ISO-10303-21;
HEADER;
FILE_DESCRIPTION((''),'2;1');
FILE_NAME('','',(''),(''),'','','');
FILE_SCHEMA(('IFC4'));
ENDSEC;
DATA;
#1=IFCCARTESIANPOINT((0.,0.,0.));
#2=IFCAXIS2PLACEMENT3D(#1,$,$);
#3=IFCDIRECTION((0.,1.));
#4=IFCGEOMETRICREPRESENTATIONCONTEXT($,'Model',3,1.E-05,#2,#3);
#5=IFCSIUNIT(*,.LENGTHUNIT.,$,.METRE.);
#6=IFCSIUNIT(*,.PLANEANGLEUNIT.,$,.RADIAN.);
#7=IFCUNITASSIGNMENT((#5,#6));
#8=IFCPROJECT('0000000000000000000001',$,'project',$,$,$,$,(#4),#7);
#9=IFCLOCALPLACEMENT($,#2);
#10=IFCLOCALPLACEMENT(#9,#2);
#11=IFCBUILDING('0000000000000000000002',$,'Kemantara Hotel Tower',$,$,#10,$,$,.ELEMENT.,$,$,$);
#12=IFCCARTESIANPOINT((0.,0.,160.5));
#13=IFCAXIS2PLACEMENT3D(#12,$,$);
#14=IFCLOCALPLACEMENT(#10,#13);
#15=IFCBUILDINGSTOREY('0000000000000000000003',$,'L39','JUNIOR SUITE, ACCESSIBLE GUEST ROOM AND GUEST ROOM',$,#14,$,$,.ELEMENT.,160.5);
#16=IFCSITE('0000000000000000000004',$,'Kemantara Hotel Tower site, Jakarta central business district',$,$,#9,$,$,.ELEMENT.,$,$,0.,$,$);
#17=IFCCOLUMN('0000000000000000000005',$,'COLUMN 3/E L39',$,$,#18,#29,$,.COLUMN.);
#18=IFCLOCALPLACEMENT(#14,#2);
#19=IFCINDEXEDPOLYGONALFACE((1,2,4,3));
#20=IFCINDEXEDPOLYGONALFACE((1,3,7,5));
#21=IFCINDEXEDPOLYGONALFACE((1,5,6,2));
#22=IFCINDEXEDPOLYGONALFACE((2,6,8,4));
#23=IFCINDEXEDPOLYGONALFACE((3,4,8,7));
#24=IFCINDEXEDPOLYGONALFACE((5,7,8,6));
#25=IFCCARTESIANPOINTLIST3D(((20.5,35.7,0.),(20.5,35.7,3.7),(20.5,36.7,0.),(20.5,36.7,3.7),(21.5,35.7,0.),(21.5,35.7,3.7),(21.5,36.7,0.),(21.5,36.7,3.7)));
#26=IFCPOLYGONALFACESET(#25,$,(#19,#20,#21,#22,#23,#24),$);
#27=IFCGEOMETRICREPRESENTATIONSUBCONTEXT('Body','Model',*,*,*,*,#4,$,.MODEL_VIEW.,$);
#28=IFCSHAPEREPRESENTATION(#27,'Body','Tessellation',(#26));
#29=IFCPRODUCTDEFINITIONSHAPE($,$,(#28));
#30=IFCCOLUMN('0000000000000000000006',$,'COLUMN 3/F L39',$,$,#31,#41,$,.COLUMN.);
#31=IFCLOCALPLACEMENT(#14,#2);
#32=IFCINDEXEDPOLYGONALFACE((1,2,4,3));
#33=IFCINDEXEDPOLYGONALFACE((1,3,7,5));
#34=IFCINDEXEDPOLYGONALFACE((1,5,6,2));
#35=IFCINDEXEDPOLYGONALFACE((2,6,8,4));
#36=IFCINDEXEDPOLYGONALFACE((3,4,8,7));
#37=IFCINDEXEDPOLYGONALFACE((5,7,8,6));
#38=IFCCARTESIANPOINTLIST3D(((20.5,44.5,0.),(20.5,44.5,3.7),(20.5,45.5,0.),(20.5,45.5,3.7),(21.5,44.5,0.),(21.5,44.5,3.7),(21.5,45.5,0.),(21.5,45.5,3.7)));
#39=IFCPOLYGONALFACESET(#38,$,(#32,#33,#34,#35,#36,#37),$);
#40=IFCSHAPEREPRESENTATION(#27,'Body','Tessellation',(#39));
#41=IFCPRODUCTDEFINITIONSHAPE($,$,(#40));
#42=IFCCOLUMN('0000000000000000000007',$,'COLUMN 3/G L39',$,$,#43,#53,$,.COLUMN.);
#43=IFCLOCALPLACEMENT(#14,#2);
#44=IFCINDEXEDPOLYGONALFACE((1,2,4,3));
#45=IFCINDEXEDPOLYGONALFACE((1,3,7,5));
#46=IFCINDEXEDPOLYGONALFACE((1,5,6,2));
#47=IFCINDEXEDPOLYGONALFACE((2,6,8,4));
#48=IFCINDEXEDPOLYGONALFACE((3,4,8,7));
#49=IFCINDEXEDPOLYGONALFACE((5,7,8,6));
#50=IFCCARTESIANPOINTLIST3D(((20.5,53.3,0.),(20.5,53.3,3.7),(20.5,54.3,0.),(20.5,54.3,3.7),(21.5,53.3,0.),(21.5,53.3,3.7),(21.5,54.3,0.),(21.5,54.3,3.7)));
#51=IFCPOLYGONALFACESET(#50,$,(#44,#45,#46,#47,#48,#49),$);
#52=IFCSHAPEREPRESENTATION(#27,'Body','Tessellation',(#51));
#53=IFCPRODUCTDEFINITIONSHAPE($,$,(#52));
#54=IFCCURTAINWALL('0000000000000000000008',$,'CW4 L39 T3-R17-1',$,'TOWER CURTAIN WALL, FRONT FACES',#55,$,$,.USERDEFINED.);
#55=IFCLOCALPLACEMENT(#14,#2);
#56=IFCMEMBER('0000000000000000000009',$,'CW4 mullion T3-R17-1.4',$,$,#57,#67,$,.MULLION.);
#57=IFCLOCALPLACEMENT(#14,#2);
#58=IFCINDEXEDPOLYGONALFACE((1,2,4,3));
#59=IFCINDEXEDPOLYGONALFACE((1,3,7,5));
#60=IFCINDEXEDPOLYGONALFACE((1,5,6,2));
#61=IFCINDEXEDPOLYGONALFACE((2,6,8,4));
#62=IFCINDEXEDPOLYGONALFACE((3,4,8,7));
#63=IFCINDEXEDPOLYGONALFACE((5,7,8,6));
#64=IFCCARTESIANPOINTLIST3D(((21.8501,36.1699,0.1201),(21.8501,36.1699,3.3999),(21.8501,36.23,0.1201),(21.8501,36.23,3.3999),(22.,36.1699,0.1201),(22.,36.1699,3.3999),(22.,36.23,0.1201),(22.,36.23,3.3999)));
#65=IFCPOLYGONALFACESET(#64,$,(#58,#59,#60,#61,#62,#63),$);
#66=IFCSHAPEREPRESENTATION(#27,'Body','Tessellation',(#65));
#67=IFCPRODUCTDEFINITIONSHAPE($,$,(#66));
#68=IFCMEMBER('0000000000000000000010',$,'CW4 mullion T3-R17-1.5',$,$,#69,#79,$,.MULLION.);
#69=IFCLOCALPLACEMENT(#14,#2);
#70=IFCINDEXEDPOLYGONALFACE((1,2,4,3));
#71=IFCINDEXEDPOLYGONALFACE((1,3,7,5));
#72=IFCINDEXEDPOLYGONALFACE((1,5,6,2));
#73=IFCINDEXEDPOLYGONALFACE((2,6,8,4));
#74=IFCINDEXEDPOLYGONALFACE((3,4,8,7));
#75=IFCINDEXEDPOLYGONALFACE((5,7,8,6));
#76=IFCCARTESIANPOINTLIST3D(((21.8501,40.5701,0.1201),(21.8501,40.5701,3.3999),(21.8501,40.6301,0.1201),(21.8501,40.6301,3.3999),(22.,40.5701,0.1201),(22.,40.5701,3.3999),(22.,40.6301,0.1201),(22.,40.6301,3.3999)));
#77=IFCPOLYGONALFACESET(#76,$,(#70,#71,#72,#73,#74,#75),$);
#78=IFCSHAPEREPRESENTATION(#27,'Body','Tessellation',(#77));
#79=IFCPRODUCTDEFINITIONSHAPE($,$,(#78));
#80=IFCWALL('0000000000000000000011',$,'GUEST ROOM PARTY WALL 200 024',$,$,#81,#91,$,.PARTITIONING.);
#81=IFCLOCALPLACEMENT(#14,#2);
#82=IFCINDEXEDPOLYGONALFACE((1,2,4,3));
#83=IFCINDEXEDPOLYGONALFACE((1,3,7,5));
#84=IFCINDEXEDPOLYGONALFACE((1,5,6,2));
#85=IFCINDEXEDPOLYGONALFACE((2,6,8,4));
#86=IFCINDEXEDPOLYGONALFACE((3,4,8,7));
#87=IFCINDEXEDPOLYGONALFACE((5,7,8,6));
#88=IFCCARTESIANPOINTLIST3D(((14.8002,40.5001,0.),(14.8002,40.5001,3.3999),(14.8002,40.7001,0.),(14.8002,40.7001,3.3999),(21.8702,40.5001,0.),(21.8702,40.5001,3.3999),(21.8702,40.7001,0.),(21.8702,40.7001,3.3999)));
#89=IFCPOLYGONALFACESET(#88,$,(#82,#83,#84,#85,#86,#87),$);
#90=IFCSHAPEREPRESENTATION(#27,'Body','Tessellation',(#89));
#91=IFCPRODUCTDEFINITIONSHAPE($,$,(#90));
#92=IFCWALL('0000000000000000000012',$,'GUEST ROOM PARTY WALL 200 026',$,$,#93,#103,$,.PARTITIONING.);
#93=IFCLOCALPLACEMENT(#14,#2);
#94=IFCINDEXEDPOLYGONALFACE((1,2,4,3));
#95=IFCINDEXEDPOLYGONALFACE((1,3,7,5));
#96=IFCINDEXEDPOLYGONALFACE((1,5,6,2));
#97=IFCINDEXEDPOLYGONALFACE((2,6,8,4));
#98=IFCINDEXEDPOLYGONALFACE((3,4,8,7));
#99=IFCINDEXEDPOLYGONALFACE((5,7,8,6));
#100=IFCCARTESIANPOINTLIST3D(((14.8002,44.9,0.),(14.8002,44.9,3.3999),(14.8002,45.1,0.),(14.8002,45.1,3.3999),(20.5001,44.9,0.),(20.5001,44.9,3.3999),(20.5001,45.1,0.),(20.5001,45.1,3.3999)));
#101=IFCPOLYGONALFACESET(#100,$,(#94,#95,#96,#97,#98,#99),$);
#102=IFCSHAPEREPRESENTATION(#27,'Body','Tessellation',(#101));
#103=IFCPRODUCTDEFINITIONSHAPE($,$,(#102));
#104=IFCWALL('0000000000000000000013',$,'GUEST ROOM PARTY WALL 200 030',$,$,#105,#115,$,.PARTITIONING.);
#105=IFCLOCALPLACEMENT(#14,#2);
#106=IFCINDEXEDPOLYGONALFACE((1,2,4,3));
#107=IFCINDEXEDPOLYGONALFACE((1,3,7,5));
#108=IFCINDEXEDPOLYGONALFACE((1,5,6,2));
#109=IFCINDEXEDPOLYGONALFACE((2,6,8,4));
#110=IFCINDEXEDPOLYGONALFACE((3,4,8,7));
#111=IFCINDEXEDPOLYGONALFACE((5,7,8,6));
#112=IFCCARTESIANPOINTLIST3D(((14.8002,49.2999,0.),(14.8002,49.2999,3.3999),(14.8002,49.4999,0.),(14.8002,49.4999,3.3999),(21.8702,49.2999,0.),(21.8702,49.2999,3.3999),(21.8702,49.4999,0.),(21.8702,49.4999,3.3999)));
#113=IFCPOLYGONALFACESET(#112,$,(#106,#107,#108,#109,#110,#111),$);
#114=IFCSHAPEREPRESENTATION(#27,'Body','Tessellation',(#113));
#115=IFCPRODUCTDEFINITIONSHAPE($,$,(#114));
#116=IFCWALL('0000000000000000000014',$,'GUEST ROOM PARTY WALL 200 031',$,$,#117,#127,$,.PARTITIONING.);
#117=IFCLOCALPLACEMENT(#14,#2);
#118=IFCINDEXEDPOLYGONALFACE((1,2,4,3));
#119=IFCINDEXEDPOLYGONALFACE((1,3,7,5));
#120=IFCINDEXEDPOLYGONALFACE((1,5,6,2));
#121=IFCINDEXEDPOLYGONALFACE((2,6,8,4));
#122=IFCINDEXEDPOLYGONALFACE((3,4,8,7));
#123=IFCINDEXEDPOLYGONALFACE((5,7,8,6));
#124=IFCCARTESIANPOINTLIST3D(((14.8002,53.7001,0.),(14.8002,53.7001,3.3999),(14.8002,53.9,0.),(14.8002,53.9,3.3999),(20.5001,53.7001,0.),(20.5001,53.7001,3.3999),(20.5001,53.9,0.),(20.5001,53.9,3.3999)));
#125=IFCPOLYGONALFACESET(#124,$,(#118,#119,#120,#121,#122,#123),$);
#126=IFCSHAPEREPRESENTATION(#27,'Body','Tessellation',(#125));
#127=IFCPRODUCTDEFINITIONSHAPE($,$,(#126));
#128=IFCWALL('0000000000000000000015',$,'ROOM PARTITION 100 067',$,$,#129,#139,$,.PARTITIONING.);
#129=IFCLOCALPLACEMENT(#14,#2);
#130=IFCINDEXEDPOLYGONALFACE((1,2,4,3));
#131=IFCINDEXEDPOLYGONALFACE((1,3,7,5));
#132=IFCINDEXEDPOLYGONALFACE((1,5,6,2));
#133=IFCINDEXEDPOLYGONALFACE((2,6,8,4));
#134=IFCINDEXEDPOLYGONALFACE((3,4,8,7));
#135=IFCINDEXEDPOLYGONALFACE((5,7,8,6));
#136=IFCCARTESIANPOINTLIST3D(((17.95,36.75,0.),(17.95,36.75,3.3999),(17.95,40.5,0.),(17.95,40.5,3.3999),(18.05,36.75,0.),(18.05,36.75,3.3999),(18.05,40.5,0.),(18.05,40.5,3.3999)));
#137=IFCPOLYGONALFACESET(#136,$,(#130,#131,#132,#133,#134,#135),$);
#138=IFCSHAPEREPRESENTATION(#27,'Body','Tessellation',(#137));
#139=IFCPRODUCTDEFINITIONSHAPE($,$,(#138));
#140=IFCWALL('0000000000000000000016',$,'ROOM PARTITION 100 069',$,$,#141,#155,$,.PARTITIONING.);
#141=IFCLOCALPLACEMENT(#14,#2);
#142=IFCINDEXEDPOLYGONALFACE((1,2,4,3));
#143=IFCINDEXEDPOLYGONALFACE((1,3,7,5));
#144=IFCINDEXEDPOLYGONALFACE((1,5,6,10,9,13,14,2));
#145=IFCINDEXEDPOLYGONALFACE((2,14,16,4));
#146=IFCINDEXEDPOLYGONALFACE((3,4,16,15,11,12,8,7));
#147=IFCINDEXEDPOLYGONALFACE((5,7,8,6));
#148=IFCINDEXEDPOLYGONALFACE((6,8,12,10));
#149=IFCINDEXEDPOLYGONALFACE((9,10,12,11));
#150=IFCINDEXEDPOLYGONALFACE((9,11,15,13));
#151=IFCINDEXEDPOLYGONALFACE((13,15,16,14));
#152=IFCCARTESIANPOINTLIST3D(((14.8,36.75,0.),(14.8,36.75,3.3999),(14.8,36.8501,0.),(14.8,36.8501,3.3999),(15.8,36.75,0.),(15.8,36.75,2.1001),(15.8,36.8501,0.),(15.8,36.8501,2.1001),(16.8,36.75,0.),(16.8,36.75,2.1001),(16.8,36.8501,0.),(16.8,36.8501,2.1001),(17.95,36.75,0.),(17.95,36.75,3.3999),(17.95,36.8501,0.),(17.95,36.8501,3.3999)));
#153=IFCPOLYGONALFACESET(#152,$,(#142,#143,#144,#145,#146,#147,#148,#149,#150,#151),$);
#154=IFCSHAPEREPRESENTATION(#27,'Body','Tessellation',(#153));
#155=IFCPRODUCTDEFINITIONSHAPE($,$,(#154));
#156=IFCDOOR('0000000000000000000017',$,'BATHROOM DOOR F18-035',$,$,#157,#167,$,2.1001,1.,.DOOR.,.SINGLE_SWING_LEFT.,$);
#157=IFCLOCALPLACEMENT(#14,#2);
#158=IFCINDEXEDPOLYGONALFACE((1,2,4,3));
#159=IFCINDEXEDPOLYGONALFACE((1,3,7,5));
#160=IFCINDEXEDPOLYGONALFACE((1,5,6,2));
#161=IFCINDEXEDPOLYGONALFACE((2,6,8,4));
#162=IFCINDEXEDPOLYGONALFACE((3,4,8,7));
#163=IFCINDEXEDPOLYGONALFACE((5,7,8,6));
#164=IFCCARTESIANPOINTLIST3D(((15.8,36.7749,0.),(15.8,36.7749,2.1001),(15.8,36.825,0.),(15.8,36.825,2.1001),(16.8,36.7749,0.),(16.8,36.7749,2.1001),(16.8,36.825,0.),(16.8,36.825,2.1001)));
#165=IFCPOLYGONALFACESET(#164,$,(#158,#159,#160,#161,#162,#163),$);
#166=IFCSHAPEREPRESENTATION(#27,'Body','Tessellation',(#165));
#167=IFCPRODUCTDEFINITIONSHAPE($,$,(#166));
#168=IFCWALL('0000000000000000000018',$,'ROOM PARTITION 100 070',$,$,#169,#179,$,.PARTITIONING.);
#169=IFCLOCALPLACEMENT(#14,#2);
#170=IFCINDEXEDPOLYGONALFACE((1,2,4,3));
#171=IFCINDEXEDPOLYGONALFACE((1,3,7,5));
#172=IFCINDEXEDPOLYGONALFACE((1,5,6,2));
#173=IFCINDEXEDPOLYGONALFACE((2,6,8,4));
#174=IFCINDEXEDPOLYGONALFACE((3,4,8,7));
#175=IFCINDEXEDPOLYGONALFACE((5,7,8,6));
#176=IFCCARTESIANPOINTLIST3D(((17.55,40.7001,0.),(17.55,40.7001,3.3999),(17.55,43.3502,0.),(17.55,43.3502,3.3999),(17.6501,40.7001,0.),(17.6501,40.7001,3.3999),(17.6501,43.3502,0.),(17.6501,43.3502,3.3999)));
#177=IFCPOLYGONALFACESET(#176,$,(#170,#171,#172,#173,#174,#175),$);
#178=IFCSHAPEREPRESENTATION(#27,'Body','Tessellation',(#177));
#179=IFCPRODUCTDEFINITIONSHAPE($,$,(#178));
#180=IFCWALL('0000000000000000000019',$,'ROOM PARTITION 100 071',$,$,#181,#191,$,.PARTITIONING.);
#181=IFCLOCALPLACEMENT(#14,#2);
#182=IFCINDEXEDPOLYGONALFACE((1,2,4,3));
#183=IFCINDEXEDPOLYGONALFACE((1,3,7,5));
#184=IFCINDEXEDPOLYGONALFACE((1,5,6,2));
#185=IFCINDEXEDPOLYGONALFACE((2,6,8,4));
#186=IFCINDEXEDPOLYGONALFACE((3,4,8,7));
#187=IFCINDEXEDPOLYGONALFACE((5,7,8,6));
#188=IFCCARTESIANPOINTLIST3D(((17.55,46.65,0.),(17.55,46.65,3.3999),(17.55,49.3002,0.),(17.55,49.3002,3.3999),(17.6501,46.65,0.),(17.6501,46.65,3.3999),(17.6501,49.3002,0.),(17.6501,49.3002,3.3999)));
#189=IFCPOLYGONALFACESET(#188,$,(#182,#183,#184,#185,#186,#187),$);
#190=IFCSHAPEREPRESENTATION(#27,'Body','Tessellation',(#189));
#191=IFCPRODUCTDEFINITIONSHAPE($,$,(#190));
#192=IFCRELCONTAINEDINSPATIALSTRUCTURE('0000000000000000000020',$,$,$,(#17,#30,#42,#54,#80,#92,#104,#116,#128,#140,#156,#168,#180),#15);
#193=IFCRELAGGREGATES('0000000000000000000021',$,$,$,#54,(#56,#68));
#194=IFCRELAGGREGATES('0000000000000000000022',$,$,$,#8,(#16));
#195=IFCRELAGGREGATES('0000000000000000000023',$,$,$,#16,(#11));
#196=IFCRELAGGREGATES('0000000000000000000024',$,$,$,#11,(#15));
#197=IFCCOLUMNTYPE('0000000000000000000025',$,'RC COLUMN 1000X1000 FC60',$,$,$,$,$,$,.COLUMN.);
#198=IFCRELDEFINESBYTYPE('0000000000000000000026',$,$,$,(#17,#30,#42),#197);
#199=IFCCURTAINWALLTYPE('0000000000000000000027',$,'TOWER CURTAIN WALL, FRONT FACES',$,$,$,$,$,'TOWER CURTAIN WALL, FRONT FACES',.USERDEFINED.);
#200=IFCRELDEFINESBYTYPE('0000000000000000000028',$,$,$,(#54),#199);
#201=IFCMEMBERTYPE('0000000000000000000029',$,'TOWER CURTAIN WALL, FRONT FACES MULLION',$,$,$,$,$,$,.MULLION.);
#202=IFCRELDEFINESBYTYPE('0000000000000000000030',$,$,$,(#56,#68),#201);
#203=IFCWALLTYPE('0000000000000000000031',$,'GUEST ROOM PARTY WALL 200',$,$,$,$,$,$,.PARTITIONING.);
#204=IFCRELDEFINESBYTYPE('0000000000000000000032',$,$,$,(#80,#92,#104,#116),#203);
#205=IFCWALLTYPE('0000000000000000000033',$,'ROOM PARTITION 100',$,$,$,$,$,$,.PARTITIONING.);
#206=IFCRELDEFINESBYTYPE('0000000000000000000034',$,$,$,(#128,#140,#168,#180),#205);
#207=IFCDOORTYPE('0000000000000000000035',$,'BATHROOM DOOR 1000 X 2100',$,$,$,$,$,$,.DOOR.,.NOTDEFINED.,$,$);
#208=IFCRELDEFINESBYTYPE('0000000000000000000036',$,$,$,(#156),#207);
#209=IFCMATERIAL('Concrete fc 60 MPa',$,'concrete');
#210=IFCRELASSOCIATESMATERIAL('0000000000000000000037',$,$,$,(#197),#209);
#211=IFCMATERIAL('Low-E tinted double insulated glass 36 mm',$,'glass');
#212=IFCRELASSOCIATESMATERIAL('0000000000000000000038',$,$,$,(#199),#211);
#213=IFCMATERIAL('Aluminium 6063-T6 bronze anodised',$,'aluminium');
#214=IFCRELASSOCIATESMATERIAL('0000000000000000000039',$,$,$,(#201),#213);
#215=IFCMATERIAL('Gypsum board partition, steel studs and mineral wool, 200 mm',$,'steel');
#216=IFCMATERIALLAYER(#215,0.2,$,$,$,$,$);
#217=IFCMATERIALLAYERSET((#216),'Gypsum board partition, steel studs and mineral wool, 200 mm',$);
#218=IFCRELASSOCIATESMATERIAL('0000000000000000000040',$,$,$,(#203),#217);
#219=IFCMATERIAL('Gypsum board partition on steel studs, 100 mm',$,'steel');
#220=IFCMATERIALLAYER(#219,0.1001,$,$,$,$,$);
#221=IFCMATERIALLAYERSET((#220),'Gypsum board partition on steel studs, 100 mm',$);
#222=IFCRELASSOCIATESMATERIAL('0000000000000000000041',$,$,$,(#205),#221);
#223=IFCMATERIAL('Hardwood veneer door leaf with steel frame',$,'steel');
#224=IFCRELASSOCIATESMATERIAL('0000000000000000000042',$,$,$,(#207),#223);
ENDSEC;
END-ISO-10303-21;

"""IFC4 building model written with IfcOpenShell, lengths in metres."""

from ifc_helpers import new_model, si_unit, direction, frame, frame_2d, origin, origin_2d, place, context, subcontext, project, spatial, rectangle, extrude, source, transform, mapped, material, layer, layer_set, material_profile, profile_set, type_object, element, fill, aggregate, save


model = new_model("IFC4")

# Units and contexts
model_context = context("Model", 3, precision=1e-05, world=origin(), true_north=direction((0.0, 1.0)))
body_context = subcontext(model_context, "Body", "Model", "MODEL_VIEW")
ifc_project = project(units=[si_unit("LENGTHUNIT", "METRE"), si_unit("PLANEANGLEUNIT", "RADIAN")], contexts=[model_context])

# Site, building, storey
site_placement = place(None, origin())
site = spatial("IfcSite", under=ifc_project, at=site_placement, Name="Kemantara Hotel Tower site, Jakarta central business district", CompositionType="ELEMENT", RefElevation=0.0)
building_placement = place(site_placement, origin())
building = spatial("IfcBuilding", under=site, at=building_placement, Name="Kemantara Hotel Tower", CompositionType="ELEMENT")
storey_placement = place(building_placement, frame((0.0, 0.0, 160.5)))
storey = spatial("IfcBuildingStorey", under=building, at=storey_placement, Name="L39", Description="JUNIOR SUITE, ACCESSIBLE GUEST ROOM AND GUEST ROOM", CompositionType="ELEMENT", Elevation=160.5)

# Columns
ifc_material_1 = material(Name="Concrete fc 60 MPa", Category="concrete")
ifc_material_profile_1 = material_profile(ifc_material_1, rectangle(XDim=1.0, YDim=1.0, at=origin_2d()), Name="RC 1000X1000")
ifc_profile_set_1 = profile_set([ifc_material_profile_1], Name="Concrete fc 60 MPa")
column_type = type_object("IfcColumnType", Name="RC COLUMN 1000X1000 FC60", PredefinedType="COLUMN", material=ifc_profile_set_1)
for number, where, z_axis, x_axis, name in (
    (1, (21.0, 36.2, 0.0), (0.0, 0.0, 1.0), (1.0, 0.0, 0.0), "COLUMN 3/E L39"),
    (2, (21.0, 45.0, 0.0), (0.0, 0.0, 1.0), (1.0, 0.0, 0.0), "COLUMN 3/F L39"),
    (3, (21.0, 53.8, 0.0), (0.0, 0.0, 1.0), (1.0, 0.0, 0.0), "COLUMN 3/G L39"),
):
    element("IfcColumn", number, at=place(storey_placement, frame(where, z_axis=z_axis, x_axis=x_axis)), inside=storey, type_object=column_type, Name=name, PredefinedType="COLUMN", context=body_context, shape_type="SweptSolid", body=[
        extrude(rectangle(XDim=1.0, YDim=1.0, at=origin_2d()), origin(), (0.0, 0.0, 1.0), 3.7),
    ])

# Curtain wall, members
ifc_material_2 = material(Name="Low-E tinted double insulated glass 36 mm", Category="glass")
curtain_wall_type = type_object("IfcCurtainWallType", Name="TOWER CURTAIN WALL, FRONT FACES", ElementType="TOWER CURTAIN WALL, FRONT FACES", PredefinedType="USERDEFINED", material=ifc_material_2)
curtain_wall_placement = place(storey_placement, origin())
curtain_wall = element("IfcCurtainWall", 4, at=curtain_wall_placement, inside=storey, type_object=curtain_wall_type, Name="CW4 L39 T3-R17-1", ObjectType="TOWER CURTAIN WALL, FRONT FACES", PredefinedType="USERDEFINED")
ifc_material_3 = material(Name="Aluminium 6063-T6 bronze anodised", Category="aluminium")
ifc_material_profile_2 = material_profile(ifc_material_3, rectangle(XDim=0.1499, YDim=0.0601, at=origin_2d()), Name="TOWER CURTAIN WALL, FRONT FACES MULLION")
ifc_profile_set_2 = profile_set([ifc_material_profile_2], Name="Aluminium 6063-T6 bronze anodised")
member_type = type_object("IfcMemberType", Name="TOWER CURTAIN WALL, FRONT FACES MULLION", PredefinedType="MULLION", material=ifc_profile_set_2)
shared_shape = source(origin(), body_context, "Body", "SweptSolid", [
    extrude(rectangle(XDim=0.1499, YDim=0.0601, at=origin_2d()), origin(), (0.0, 0.0, 1.0), 3.2798),
])
member_1_placement = place(storey_placement, frame((21.925, 36.2, 0.1201), z_axis=(0.0, 0.0, 1.0), x_axis=(-1.0, 0.0, 0.0)))
member_1 = element("IfcMember", 5, at=member_1_placement, type_object=member_type, Name="CW4 mullion T3-R17-1.4", PredefinedType="MULLION", context=body_context, shape_type="MappedRepresentation", body=[
    mapped(shared_shape, transform((0.0, 0.0, 0.0))),
])
member_2_placement = place(storey_placement, frame((21.925, 40.6001, 0.1201), z_axis=(0.0, 0.0, 1.0), x_axis=(-1.0, 0.0, 0.0)))
member_2 = element("IfcMember", 6, at=member_2_placement, type_object=member_type, Name="CW4 mullion T3-R17-1.5", PredefinedType="MULLION", context=body_context, shape_type="MappedRepresentation", body=[
    mapped(shared_shape, transform((0.0, 0.0, 0.0))),
])
aggregate(curtain_wall, [member_1, member_2])

# Walls
ifc_material_4 = material(Name="Gypsum board partition, steel studs and mineral wool, 200 mm", Category="steel")
ifc_layer_1 = layer(ifc_material_4, 0.2)
ifc_layer_set_1 = layer_set([ifc_layer_1], Name="Gypsum board partition, steel studs and mineral wool, 200 mm")
wall_type_1 = type_object("IfcWallType", Name="GUEST ROOM PARTY WALL 200", PredefinedType="PARTITIONING", material=ifc_layer_set_1)
wall_1_placement = place(storey_placement, frame((14.8, 40.6001, 0.0), z_axis=(0.0, 0.0, 1.0), x_axis=(1.0, 0.0, 0.0)))
element("IfcWall", 7, at=wall_1_placement, inside=storey, type_object=wall_type_1, Name="GUEST ROOM PARTY WALL 200 024", PredefinedType="PARTITIONING", context=body_context, shape_type="SweptSolid", body=[
    extrude(rectangle(XDim=7.0701, YDim=0.2, at=frame_2d((3.5352, 0.0))), origin(), (0.0, 0.0, 1.0), 3.3999),
])
wall_2_placement = place(storey_placement, frame((14.8, 45.0, 0.0), z_axis=(0.0, 0.0, 1.0), x_axis=(1.0, 0.0, 0.0)))
element("IfcWall", 8, at=wall_2_placement, inside=storey, type_object=wall_type_1, Name="GUEST ROOM PARTY WALL 200 026", PredefinedType="PARTITIONING", context=body_context, shape_type="SweptSolid", body=[
    extrude(rectangle(XDim=5.7, YDim=0.2, at=frame_2d((2.8501, 0.0))), origin(), (0.0, 0.0, 1.0), 3.3999),
])
wall_3_placement = place(storey_placement, frame((14.8, 49.3999, 0.0), z_axis=(0.0, 0.0, 1.0), x_axis=(1.0, 0.0, 0.0)))
element("IfcWall", 9, at=wall_3_placement, inside=storey, type_object=wall_type_1, Name="GUEST ROOM PARTY WALL 200 030", PredefinedType="PARTITIONING", context=body_context, shape_type="SweptSolid", body=[
    extrude(rectangle(XDim=7.0701, YDim=0.2, at=frame_2d((3.5352, 0.0))), origin(), (0.0, 0.0, 1.0), 3.3999),
])
wall_4_placement = place(storey_placement, frame((14.8, 53.8, 0.0), z_axis=(0.0, 0.0, 1.0), x_axis=(1.0, 0.0, 0.0)))
element("IfcWall", 10, at=wall_4_placement, inside=storey, type_object=wall_type_1, Name="GUEST ROOM PARTY WALL 200 031", PredefinedType="PARTITIONING", context=body_context, shape_type="SweptSolid", body=[
    extrude(rectangle(XDim=5.7, YDim=0.2, at=frame_2d((2.8501, 0.0))), origin(), (0.0, 0.0, 1.0), 3.3999),
])
ifc_material_5 = material(Name="Gypsum board partition on steel studs, 100 mm", Category="steel")
ifc_layer_2 = layer(ifc_material_5, 0.1001)
ifc_layer_set_2 = layer_set([ifc_layer_2], Name="Gypsum board partition on steel studs, 100 mm")
wall_type_2 = type_object("IfcWallType", Name="ROOM PARTITION 100", PredefinedType="PARTITIONING", material=ifc_layer_set_2)
wall_5_placement = place(storey_placement, frame((18.0, 36.75, 0.0), z_axis=(0.0, 0.0, 1.0), x_axis=(0.0, 1.0, 0.0)))
element("IfcWall", 11, at=wall_5_placement, inside=storey, type_object=wall_type_2, Name="ROOM PARTITION 100 067", PredefinedType="PARTITIONING", context=body_context, shape_type="SweptSolid", body=[
    extrude(rectangle(XDim=3.75, YDim=0.1001, at=frame_2d((1.875, 0.0))), origin(), (0.0, 0.0, 1.0), 3.3999),
])

# Wall, opening, door
wall_6_placement = place(storey_placement, frame((14.8, 36.8, 0.0), z_axis=(0.0, 0.0, 1.0), x_axis=(1.0, 0.0, 0.0)))
wall_6 = element("IfcWall", 12, at=wall_6_placement, inside=storey, type_object=wall_type_2, Name="ROOM PARTITION 100 069", PredefinedType="PARTITIONING", context=body_context, shape_type="SweptSolid", body=[
    extrude(rectangle(XDim=3.1499, YDim=0.1001, at=frame_2d((1.575, 0.0))), origin(), (0.0, 0.0, 1.0), 3.3999),
])
opening_1_placement = place(wall_6_placement, frame((1.0, 0.0, 0.0)))
opening_1 = element("IfcOpeningElement", 13, at=opening_1_placement, cuts=wall_6, PredefinedType="OPENING", context=body_context, shape_type="SweptSolid", body=[
    extrude(rectangle(XDim=1.0, YDim=2.1001, at=frame_2d((0.5, 1.05))), frame((0.0, 0.0601, 0.0), z_axis=(0.0, -1.0, 0.0), x_axis=(1.0, 0.0, 0.0)), (0.0, 0.0, 1.0), 0.1201),
])
ifc_material_6 = material(Name="Hardwood veneer door leaf with steel frame", Category="steel")
door_type_1 = type_object("IfcDoorType", Name="BATHROOM DOOR 1000 X 2100", OperationType="NOTDEFINED", PredefinedType="DOOR", material=ifc_material_6)
door_1_placement = place(opening_1_placement, origin())
door_1 = element("IfcDoor", 14, at=door_1_placement, inside=storey, type_object=door_type_1, Name="BATHROOM DOOR F18-035", OperationType="SINGLE_SWING_LEFT", OverallHeight=2.1001, OverallWidth=1.0, PredefinedType="DOOR", context=body_context, shape_type="SweptSolid", body=[
    extrude(rectangle(XDim=1.0, YDim=2.1001, at=frame_2d((0.5, 1.05))), frame((0.0, 0.0249, 0.0), z_axis=(0.0, -1.0, 0.0), x_axis=(1.0, 0.0, 0.0)), (0.0, 0.0, 1.0), 0.05),
])
fill(opening_1, door_1)

# Walls
for number, where, z_axis, x_axis, name in (
    (15, (17.6001, 40.7, 0.0), (0.0, 0.0, 1.0), (0.0, 1.0, 0.0), "ROOM PARTITION 100 070"),
    (16, (17.6001, 46.6499, 0.0), (0.0, 0.0, 1.0), (0.0, 1.0, 0.0), "ROOM PARTITION 100 071"),
):
    element("IfcWall", number, at=place(storey_placement, frame(where, z_axis=z_axis, x_axis=x_axis)), inside=storey, type_object=wall_type_2, Name=name, PredefinedType="PARTITIONING", context=body_context, shape_type="SweptSolid", body=[
        extrude(rectangle(XDim=2.6501, YDim=0.1001, at=frame_2d((1.3252, 0.0))), origin(), (0.0, 0.0, 1.0), 3.3999),
    ])

save(model, "model.ifc")
